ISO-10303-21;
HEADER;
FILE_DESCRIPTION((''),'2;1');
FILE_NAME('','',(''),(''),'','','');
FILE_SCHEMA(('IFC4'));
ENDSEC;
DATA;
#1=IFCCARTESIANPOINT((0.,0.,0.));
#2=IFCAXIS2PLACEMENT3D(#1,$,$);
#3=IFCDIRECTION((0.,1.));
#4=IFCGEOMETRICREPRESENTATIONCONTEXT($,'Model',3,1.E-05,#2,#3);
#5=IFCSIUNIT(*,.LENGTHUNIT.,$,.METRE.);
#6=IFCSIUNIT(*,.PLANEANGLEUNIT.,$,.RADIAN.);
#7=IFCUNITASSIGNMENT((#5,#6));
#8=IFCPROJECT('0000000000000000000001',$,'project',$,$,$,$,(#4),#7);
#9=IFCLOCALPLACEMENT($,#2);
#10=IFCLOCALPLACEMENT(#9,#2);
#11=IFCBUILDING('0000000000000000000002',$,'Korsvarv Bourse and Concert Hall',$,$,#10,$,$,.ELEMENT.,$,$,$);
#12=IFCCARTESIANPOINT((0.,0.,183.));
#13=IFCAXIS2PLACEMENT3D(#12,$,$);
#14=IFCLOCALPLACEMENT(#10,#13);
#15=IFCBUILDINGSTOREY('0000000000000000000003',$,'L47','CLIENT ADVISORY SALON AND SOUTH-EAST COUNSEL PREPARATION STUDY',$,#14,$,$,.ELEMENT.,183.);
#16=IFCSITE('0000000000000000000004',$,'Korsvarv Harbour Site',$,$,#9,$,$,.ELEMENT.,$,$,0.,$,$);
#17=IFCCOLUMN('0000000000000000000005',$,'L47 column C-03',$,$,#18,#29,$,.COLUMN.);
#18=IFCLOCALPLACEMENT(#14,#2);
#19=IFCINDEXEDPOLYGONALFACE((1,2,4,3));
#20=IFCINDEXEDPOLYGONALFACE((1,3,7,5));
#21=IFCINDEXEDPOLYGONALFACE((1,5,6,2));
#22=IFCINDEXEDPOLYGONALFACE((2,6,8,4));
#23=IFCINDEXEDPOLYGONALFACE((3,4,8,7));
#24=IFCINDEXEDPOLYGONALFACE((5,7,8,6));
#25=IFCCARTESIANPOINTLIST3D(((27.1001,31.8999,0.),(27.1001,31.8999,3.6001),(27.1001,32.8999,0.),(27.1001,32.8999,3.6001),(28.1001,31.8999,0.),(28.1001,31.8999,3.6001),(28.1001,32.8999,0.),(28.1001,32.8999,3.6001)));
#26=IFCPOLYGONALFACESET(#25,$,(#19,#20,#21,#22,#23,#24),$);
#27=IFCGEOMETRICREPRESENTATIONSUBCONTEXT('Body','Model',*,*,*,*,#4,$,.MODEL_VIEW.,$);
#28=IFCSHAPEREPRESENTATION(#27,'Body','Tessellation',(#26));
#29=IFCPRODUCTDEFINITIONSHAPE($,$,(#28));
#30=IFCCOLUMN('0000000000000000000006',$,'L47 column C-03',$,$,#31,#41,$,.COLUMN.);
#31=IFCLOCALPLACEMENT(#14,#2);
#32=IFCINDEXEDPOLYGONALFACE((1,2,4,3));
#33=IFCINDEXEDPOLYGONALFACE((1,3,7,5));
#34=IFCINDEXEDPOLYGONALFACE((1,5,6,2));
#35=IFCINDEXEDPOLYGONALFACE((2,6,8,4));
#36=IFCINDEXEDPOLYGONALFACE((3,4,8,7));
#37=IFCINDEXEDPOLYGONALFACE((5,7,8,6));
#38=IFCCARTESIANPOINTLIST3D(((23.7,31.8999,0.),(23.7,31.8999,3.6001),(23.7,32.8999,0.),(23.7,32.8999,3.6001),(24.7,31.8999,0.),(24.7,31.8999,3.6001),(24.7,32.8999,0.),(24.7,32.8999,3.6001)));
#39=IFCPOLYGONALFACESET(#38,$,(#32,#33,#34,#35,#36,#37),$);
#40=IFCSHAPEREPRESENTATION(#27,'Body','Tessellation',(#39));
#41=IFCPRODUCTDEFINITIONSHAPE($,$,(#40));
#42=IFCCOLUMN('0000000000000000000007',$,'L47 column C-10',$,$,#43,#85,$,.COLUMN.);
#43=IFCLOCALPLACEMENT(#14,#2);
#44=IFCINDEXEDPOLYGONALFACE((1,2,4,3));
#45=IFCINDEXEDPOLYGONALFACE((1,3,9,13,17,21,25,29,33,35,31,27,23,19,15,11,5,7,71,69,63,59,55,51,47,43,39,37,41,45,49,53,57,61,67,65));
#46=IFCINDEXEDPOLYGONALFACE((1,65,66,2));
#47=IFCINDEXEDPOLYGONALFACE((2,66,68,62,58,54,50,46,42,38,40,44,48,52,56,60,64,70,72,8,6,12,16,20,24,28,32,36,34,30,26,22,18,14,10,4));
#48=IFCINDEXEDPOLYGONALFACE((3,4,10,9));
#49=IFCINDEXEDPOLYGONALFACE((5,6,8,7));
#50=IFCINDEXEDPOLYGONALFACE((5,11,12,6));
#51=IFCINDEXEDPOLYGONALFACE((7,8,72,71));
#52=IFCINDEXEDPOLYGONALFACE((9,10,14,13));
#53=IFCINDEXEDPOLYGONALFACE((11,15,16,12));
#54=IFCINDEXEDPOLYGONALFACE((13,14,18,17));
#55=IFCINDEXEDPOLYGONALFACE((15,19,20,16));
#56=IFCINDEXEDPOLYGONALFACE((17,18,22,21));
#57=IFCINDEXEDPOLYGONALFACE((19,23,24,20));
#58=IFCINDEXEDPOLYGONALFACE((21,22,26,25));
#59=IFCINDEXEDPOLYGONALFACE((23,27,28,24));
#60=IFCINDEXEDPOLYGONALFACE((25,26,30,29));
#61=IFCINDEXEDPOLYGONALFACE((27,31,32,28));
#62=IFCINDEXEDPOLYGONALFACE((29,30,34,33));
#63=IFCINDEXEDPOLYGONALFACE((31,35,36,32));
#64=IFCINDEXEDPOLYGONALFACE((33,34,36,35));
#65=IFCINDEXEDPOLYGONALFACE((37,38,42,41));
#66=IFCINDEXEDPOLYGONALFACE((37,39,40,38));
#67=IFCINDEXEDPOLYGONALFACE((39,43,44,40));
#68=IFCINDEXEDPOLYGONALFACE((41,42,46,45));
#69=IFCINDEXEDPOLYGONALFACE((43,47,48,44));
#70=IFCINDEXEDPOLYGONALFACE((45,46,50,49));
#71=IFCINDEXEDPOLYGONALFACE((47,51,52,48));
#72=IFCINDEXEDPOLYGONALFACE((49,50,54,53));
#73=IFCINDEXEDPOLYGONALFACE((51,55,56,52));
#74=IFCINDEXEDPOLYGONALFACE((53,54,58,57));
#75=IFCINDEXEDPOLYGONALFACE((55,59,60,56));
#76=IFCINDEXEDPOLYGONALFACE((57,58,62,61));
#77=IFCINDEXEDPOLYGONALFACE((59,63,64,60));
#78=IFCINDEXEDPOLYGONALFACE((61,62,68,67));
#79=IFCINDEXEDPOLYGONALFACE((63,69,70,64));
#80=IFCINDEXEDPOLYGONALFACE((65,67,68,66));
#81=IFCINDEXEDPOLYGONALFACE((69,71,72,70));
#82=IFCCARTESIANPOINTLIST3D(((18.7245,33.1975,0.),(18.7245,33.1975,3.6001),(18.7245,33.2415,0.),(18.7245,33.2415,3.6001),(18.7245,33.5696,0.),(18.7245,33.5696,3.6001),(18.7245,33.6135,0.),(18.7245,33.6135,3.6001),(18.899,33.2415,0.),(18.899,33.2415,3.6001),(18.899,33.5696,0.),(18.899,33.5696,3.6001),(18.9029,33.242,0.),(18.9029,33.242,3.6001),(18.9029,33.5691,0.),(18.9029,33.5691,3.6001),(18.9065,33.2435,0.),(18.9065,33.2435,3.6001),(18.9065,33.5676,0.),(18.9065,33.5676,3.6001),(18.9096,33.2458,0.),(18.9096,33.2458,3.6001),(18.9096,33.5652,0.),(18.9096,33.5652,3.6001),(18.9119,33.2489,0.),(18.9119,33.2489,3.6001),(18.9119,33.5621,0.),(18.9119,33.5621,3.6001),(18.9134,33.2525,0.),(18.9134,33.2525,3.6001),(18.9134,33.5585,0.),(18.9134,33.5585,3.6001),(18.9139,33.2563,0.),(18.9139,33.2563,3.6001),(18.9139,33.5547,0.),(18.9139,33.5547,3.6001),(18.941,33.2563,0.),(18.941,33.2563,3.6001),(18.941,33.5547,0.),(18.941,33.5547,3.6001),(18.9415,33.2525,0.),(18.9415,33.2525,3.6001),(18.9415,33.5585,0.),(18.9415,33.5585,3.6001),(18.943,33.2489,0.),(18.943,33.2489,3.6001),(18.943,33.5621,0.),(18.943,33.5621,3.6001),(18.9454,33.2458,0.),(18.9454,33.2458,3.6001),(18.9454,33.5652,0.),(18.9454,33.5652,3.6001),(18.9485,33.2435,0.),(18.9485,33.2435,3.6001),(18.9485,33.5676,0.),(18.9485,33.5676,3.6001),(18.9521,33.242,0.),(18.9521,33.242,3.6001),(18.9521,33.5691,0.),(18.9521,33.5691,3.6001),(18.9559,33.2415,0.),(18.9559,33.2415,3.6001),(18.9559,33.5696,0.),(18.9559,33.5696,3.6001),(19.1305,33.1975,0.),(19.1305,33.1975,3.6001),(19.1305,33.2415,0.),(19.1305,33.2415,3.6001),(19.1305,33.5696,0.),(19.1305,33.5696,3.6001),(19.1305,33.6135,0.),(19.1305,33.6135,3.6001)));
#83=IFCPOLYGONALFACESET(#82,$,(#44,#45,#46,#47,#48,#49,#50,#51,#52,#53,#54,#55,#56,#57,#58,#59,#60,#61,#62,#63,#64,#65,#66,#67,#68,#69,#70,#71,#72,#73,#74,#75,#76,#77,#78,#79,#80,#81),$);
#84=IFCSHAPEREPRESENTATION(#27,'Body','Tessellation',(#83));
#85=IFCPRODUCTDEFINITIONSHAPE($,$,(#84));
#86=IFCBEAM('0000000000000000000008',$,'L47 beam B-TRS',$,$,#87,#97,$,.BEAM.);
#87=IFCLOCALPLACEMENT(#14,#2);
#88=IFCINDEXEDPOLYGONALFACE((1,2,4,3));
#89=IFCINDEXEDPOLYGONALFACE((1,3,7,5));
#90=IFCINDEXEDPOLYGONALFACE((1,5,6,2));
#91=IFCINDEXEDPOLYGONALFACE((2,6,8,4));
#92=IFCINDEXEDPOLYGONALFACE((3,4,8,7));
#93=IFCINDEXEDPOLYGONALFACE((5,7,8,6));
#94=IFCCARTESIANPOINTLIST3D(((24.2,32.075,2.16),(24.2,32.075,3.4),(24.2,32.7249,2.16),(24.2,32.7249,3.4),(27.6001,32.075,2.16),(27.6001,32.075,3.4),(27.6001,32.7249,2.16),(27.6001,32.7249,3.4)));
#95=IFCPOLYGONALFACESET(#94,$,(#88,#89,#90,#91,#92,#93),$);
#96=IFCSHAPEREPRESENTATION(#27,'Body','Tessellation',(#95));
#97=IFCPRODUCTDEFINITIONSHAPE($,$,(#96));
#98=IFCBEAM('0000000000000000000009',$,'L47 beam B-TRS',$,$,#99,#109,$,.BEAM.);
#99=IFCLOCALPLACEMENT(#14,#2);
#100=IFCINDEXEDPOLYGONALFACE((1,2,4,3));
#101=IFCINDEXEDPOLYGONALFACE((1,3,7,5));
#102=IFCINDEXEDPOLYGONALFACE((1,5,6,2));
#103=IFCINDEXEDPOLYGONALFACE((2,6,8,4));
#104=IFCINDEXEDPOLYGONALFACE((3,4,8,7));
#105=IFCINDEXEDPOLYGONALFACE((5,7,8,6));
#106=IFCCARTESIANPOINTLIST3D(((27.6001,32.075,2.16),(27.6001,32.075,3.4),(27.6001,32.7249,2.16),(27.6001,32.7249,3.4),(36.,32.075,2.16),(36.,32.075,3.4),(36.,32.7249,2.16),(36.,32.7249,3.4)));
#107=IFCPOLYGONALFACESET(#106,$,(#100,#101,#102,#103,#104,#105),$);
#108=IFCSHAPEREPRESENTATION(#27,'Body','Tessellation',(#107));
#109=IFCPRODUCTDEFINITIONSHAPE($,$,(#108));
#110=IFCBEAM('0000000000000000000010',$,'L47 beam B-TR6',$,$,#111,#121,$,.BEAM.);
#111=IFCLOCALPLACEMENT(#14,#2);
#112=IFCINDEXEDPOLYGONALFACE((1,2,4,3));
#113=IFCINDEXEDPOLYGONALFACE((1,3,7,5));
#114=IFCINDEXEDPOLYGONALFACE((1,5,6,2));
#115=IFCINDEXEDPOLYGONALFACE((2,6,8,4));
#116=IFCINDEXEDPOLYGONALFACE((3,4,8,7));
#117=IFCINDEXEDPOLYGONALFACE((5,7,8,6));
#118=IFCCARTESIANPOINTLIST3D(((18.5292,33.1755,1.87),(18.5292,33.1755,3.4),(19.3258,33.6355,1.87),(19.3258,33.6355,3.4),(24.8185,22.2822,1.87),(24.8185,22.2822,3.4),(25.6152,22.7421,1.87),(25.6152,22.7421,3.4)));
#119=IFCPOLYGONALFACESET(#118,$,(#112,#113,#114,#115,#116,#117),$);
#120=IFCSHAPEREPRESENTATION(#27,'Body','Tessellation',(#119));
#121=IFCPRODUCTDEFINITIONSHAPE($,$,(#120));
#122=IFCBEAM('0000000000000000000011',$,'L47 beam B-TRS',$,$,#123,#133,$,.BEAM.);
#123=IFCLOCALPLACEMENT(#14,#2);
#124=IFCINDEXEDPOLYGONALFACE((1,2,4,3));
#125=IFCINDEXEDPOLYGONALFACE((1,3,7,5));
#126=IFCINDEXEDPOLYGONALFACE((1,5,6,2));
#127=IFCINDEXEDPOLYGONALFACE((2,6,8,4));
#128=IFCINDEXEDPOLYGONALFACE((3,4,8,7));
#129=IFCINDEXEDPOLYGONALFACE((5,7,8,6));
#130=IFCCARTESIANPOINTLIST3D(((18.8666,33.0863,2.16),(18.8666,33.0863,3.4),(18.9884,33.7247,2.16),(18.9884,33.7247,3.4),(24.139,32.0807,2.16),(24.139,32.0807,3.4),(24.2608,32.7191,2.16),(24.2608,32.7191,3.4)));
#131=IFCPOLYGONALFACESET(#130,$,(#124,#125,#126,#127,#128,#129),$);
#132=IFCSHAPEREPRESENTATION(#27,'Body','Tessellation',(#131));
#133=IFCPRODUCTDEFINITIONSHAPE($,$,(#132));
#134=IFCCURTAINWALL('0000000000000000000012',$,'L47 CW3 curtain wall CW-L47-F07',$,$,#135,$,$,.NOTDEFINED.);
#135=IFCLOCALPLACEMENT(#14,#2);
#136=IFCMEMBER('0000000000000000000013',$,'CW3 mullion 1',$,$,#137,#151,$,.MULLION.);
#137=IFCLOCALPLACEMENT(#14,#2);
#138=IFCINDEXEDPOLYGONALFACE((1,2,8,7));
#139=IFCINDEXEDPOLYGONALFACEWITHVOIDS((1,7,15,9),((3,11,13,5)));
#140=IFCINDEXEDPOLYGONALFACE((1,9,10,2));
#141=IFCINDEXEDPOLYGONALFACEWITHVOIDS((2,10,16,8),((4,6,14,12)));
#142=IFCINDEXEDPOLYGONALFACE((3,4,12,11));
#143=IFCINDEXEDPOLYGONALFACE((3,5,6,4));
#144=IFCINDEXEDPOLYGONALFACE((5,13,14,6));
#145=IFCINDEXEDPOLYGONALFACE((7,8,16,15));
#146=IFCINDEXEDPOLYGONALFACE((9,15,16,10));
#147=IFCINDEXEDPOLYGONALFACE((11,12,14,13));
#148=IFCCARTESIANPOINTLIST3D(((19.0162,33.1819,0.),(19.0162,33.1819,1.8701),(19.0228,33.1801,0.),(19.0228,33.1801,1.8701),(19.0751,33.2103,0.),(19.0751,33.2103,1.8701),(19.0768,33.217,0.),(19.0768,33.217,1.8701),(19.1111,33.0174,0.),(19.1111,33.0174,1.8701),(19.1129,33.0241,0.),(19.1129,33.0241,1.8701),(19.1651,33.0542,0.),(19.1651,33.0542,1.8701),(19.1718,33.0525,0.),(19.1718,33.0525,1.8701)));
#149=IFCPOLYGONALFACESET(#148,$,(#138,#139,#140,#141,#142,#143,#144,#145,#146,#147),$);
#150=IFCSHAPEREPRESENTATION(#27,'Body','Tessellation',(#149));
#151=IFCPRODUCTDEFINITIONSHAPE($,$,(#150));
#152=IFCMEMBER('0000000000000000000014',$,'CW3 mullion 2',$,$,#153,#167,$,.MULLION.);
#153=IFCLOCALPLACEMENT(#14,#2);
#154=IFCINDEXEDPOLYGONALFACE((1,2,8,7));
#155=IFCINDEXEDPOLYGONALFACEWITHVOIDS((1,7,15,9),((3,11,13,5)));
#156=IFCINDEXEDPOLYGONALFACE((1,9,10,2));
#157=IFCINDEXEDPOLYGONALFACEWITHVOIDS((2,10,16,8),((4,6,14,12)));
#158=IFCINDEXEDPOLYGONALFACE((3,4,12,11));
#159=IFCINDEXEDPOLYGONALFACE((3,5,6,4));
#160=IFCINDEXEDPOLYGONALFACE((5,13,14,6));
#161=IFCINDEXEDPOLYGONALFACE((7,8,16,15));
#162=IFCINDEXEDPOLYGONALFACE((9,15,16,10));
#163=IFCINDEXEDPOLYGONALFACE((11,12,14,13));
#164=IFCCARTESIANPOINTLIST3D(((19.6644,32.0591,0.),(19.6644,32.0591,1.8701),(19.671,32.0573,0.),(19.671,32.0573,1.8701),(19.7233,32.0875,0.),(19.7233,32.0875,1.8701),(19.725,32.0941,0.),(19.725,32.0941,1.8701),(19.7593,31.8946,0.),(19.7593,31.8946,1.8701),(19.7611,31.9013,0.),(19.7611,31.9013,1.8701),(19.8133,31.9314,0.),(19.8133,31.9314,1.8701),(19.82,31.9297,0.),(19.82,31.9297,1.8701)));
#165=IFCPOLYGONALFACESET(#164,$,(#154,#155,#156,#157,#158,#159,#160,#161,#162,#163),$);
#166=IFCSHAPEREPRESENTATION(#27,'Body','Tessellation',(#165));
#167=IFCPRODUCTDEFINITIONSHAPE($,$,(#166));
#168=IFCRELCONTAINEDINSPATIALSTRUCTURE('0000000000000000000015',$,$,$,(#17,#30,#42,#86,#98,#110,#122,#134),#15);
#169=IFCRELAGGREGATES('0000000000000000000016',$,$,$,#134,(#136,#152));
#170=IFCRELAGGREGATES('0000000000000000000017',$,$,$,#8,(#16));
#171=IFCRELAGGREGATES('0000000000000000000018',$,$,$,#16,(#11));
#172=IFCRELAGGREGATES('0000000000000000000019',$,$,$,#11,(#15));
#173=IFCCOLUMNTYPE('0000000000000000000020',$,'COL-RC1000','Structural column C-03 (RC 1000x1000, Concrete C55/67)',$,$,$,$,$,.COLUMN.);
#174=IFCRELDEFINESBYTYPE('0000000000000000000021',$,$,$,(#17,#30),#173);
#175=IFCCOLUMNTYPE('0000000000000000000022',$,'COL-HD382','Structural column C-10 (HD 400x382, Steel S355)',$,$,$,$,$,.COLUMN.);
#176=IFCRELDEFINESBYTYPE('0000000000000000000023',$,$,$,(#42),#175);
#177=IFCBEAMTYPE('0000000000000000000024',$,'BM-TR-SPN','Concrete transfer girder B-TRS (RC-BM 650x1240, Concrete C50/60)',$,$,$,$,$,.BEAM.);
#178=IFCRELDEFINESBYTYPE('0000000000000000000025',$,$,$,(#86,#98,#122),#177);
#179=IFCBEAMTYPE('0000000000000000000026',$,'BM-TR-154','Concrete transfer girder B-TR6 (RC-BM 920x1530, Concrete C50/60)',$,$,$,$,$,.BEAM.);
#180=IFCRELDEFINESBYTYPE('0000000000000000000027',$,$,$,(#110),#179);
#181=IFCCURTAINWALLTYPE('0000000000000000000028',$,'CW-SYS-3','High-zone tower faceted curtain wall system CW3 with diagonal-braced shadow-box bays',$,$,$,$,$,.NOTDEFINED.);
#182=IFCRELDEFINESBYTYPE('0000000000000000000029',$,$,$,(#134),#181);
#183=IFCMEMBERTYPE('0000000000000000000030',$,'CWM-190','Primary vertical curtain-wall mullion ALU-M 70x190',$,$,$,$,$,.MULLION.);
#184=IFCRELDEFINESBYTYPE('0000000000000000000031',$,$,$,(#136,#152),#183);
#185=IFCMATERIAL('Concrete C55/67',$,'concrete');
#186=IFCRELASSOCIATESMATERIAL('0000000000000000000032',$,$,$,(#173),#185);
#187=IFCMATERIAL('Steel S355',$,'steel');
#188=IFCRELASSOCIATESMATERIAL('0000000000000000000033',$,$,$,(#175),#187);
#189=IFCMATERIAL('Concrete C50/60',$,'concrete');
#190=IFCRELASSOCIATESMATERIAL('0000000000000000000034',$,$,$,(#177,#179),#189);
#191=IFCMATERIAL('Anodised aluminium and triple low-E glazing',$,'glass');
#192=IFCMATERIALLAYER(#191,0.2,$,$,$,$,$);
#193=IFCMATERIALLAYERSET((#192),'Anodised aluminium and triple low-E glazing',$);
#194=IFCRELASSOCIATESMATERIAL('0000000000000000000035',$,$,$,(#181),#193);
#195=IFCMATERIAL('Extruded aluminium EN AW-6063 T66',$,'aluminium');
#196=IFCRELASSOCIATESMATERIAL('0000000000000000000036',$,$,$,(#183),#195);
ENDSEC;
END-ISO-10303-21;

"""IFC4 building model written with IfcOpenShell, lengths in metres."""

from ifc_helpers import new_model, si_unit, direction, frame, origin, origin_2d, place, context, subcontext, project, spatial, rectangle, hollow_rectangle, i_section, extrude, source, transform, mapped, material, layer, layer_set, material_profile, profile_set, type_object, element, aggregate, save


model = new_model("IFC4")

# Units and contexts
model_context = context("Model", 3, precision=1e-05, world=origin(), true_north=direction((0.0, 1.0)))
body_context = subcontext(model_context, "Body", "Model", "MODEL_VIEW")
ifc_project = project(units=[si_unit("LENGTHUNIT", "METRE"), si_unit("PLANEANGLEUNIT", "RADIAN")], contexts=[model_context])

# Site, building, storey
site_placement = place(None, origin())
site = spatial("IfcSite", under=ifc_project, at=site_placement, Name="Korsvarv Harbour Site", CompositionType="ELEMENT", RefElevation=0.0)
building_placement = place(site_placement, origin())
building = spatial("IfcBuilding", under=site, at=building_placement, Name="Korsvarv Bourse and Concert Hall", CompositionType="ELEMENT")
storey_placement = place(building_placement, frame((0.0, 0.0, 183.0)))
storey = spatial("IfcBuildingStorey", under=building, at=storey_placement, Name="L47", Description="CLIENT ADVISORY SALON AND SOUTH-EAST COUNSEL PREPARATION STUDY", CompositionType="ELEMENT", Elevation=183.0)

# Columns
ifc_material_1 = material(Name="Concrete C55/67", Category="concrete")
ifc_material_profile_1 = material_profile(ifc_material_1, rectangle(XDim=1.0, YDim=1.0, at=origin_2d()), Name="RC 1000x1000")
ifc_profile_set_1 = profile_set([ifc_material_profile_1], Name="Concrete C55/67")
column_type_1 = type_object("IfcColumnType", Name="COL-RC1000", Description="Structural column C-03 (RC 1000x1000, Concrete C55/67)", PredefinedType="COLUMN", material=ifc_profile_set_1)
shared_shape_1 = source(origin(), body_context, "Body", "SweptSolid", [
    extrude(rectangle(XDim=1.0, YDim=1.0, at=origin_2d()), origin(), (0.0, 0.0, 1.0), 3.6001),
])
for number, where, z_axis, x_axis, name in (
    (1, (27.6001, 32.3999, 0.0), (0.0, 0.0, 1.0), (1.0, 0.0, 0.0), "L47 column C-03"),
    (2, (24.2, 32.3999, 0.0), (0.0, 0.0, 1.0), (1.0, 0.0, 0.0), "L47 column C-03"),
):
    element("IfcColumn", number, at=place(storey_placement, frame(where, z_axis=z_axis, x_axis=x_axis)), inside=storey, type_object=column_type_1, Name=name, PredefinedType="COLUMN", context=body_context, shape_type="MappedRepresentation", body=[
        mapped(shared_shape_1, transform((0.0, 0.0, 0.0), scale=1.0)),
    ])
ifc_material_2 = material(Name="Steel S355", Category="steel")
ifc_material_profile_2 = material_profile(ifc_material_2, i_section(OverallWidth=0.406, OverallDepth=0.416, WebThickness=0.0271, FlangeThickness=0.0439, FilletRadius=0.0149, at=origin_2d()), Name="HD 400x382")
ifc_profile_set_2 = profile_set([ifc_material_profile_2], Name="Steel S355")
column_type_2 = type_object("IfcColumnType", Name="COL-HD382", Description="Structural column C-10 (HD 400x382, Steel S355)", PredefinedType="COLUMN", material=ifc_profile_set_2)
shared_shape_2 = source(origin(), body_context, "Body", "SweptSolid", [
    extrude(i_section(OverallWidth=0.406, OverallDepth=0.416, WebThickness=0.0271, FlangeThickness=0.0439, FilletRadius=0.0149, at=origin_2d()), origin(), (0.0, 0.0, 1.0), 3.6001),
])
column_placement = place(storey_placement, frame((18.9275, 33.4055, 0.0), z_axis=(0.0, 0.0, 1.0), x_axis=(1.0, 0.0, 0.0)))
element("IfcColumn", 3, at=column_placement, inside=storey, type_object=column_type_2, Name="L47 column C-10", PredefinedType="COLUMN", context=body_context, shape_type="MappedRepresentation", body=[
    mapped(shared_shape_2, transform((0.0, 0.0, 0.0), scale=1.0)),
])

# Beams
ifc_material_3 = material(Name="Concrete C50/60", Category="concrete")
ifc_material_profile_3 = material_profile(ifc_material_3, rectangle(XDim=0.6499, YDim=1.24, at=origin_2d()), Name="RC-BM 650x1240")
ifc_profile_set_3 = profile_set([ifc_material_profile_3], Name="Concrete C50/60")
beam_type_1 = type_object("IfcBeamType", Name="BM-TR-SPN", Description="Concrete transfer girder B-TRS (RC-BM 650x1240, Concrete C50/60)", PredefinedType="BEAM", material=ifc_profile_set_3)
shared_shape_3 = source(origin(), body_context, "Body", "SweptSolid", [
    extrude(rectangle(XDim=0.6499, YDim=1.24, at=origin_2d()), origin(), (0.0, 0.0, 1.0), 3.4001),
])
beam_1_placement = place(storey_placement, frame((24.2, 32.3999, 2.78), z_axis=(1.0, 0.0, 0.0), x_axis=(0.0, 1.0, 0.0)))
element("IfcBeam", 4, at=beam_1_placement, inside=storey, type_object=beam_type_1, Name="L47 beam B-TRS", PredefinedType="BEAM", context=body_context, shape_type="MappedRepresentation", body=[
    mapped(shared_shape_3, transform((0.0, 0.0, 0.0), scale=1.0)),
])
shared_shape_4 = source(origin(), body_context, "Body", "SweptSolid", [
    extrude(rectangle(XDim=0.6499, YDim=1.24, at=origin_2d()), origin(), (0.0, 0.0, 1.0), 8.3999),
])
beam_2_placement = place(storey_placement, frame((27.6001, 32.3999, 2.78), z_axis=(1.0, 0.0, 0.0), x_axis=(0.0, 1.0, 0.0)))
element("IfcBeam", 5, at=beam_2_placement, inside=storey, type_object=beam_type_1, Name="L47 beam B-TRS", PredefinedType="BEAM", context=body_context, shape_type="MappedRepresentation", body=[
    mapped(shared_shape_4, transform((0.0, 0.0, 0.0), scale=1.0)),
])
ifc_material_profile_4 = material_profile(ifc_material_3, rectangle(XDim=0.9199, YDim=1.53, at=origin_2d()), Name="RC-BM 920x1530")
ifc_profile_set_4 = profile_set([ifc_material_profile_4], Name="Concrete C50/60")
beam_type_2 = type_object("IfcBeamType", Name="BM-TR-154", Description="Concrete transfer girder B-TR6 (RC-BM 920x1530, Concrete C50/60)", PredefinedType="BEAM", material=ifc_profile_set_4)
shared_shape_5 = source(origin(), body_context, "Body", "SweptSolid", [
    extrude(rectangle(XDim=0.9199, YDim=1.53, at=origin_2d()), origin(), (0.0, 0.0, 1.0), 12.5786),
])
beam_3_placement = place(storey_placement, frame((18.9275, 33.4055, 2.635), z_axis=(0.500003, -0.866024, 0.0), x_axis=(0.866024, 0.500003, 0.0)))
element("IfcBeam", 6, at=beam_3_placement, inside=storey, type_object=beam_type_2, Name="L47 beam B-TR6", PredefinedType="BEAM", context=body_context, shape_type="MappedRepresentation", body=[
    mapped(shared_shape_5, transform((0.0, 0.0, 0.0), scale=1.0)),
])
shared_shape_6 = source(origin(), body_context, "Body", "SweptSolid", [
    extrude(rectangle(XDim=0.6499, YDim=1.24, at=origin_2d()), origin(), (0.0, 0.0, 1.0), 5.3674),
])
beam_4_placement = place(storey_placement, frame((18.9275, 33.4055, 2.78), z_axis=(0.982293, -0.187352, 0.0), x_axis=(0.187352, 0.982293, 0.0)))
element("IfcBeam", 7, at=beam_4_placement, inside=storey, type_object=beam_type_1, Name="L47 beam B-TRS", PredefinedType="BEAM", context=body_context, shape_type="MappedRepresentation", body=[
    mapped(shared_shape_6, transform((0.0, 0.0, 0.0), scale=1.0)),
])

# Curtain wall, members
ifc_material_4 = material(Name="Anodised aluminium and triple low-E glazing", Category="glass")
ifc_layer_1 = layer(ifc_material_4, 0.2)
ifc_layer_set_1 = layer_set([ifc_layer_1], Name="Anodised aluminium and triple low-E glazing")
curtain_wall_type = type_object("IfcCurtainWallType", Name="CW-SYS-3", Description="High-zone tower faceted curtain wall system CW3 with diagonal-braced shadow-box bays", PredefinedType="NOTDEFINED", material=ifc_layer_set_1)
curtain_wall_placement = place(storey_placement, origin())
curtain_wall = element("IfcCurtainWall", 8, at=curtain_wall_placement, inside=storey, type_object=curtain_wall_type, Name="L47 CW3 curtain wall CW-L47-F07", PredefinedType="NOTDEFINED")
ifc_material_5 = material(Name="Extruded aluminium EN AW-6063 T66", Category="aluminium")
ifc_material_profile_5 = material_profile(ifc_material_5, hollow_rectangle(XDim=0.0701, YDim=0.1899, WallThickness=0.0049, at=origin_2d()), Name="ALU-M 70x190")
ifc_profile_set_5 = profile_set([ifc_material_profile_5], Name="Extruded aluminium EN AW-6063 T66")
member_type_1 = type_object("IfcMemberType", Name="CWM-190", Description="Primary vertical curtain-wall mullion ALU-M 70x190", PredefinedType="MULLION", material=ifc_profile_set_5)
shared_shape_7 = source(origin(), body_context, "Body", "SweptSolid", [
    extrude(hollow_rectangle(XDim=0.0701, YDim=0.1899, WallThickness=0.0049, at=origin_2d()), origin(), (0.0, 0.0, 1.0), 1.8701),
])
member_1_placement = place(storey_placement, frame((19.094, 33.1172, 0.0), z_axis=(0.0, 0.0, 1.0), x_axis=(0.866029, 0.499994, 0.0)))
member_1 = element("IfcMember", 9, at=member_1_placement, type_object=member_type_1, Name="CW3 mullion 1", PredefinedType="MULLION", context=body_context, shape_type="MappedRepresentation", body=[
    mapped(shared_shape_7, transform((0.0, 0.0, 0.0), scale=1.0)),
])
member_2_placement = place(storey_placement, frame((19.7422, 31.9944, 0.0), z_axis=(0.0, 0.0, 1.0), x_axis=(0.866029, 0.499994, 0.0)))
member_2 = element("IfcMember", 10, at=member_2_placement, type_object=member_type_1, Name="CW3 mullion 2", PredefinedType="MULLION", context=body_context, shape_type="MappedRepresentation", body=[
    mapped(shared_shape_7, transform((0.0, 0.0, 0.0), scale=1.0)),
])
aggregate(curtain_wall, [member_1, member_2])

save(model, "model.ifc")
